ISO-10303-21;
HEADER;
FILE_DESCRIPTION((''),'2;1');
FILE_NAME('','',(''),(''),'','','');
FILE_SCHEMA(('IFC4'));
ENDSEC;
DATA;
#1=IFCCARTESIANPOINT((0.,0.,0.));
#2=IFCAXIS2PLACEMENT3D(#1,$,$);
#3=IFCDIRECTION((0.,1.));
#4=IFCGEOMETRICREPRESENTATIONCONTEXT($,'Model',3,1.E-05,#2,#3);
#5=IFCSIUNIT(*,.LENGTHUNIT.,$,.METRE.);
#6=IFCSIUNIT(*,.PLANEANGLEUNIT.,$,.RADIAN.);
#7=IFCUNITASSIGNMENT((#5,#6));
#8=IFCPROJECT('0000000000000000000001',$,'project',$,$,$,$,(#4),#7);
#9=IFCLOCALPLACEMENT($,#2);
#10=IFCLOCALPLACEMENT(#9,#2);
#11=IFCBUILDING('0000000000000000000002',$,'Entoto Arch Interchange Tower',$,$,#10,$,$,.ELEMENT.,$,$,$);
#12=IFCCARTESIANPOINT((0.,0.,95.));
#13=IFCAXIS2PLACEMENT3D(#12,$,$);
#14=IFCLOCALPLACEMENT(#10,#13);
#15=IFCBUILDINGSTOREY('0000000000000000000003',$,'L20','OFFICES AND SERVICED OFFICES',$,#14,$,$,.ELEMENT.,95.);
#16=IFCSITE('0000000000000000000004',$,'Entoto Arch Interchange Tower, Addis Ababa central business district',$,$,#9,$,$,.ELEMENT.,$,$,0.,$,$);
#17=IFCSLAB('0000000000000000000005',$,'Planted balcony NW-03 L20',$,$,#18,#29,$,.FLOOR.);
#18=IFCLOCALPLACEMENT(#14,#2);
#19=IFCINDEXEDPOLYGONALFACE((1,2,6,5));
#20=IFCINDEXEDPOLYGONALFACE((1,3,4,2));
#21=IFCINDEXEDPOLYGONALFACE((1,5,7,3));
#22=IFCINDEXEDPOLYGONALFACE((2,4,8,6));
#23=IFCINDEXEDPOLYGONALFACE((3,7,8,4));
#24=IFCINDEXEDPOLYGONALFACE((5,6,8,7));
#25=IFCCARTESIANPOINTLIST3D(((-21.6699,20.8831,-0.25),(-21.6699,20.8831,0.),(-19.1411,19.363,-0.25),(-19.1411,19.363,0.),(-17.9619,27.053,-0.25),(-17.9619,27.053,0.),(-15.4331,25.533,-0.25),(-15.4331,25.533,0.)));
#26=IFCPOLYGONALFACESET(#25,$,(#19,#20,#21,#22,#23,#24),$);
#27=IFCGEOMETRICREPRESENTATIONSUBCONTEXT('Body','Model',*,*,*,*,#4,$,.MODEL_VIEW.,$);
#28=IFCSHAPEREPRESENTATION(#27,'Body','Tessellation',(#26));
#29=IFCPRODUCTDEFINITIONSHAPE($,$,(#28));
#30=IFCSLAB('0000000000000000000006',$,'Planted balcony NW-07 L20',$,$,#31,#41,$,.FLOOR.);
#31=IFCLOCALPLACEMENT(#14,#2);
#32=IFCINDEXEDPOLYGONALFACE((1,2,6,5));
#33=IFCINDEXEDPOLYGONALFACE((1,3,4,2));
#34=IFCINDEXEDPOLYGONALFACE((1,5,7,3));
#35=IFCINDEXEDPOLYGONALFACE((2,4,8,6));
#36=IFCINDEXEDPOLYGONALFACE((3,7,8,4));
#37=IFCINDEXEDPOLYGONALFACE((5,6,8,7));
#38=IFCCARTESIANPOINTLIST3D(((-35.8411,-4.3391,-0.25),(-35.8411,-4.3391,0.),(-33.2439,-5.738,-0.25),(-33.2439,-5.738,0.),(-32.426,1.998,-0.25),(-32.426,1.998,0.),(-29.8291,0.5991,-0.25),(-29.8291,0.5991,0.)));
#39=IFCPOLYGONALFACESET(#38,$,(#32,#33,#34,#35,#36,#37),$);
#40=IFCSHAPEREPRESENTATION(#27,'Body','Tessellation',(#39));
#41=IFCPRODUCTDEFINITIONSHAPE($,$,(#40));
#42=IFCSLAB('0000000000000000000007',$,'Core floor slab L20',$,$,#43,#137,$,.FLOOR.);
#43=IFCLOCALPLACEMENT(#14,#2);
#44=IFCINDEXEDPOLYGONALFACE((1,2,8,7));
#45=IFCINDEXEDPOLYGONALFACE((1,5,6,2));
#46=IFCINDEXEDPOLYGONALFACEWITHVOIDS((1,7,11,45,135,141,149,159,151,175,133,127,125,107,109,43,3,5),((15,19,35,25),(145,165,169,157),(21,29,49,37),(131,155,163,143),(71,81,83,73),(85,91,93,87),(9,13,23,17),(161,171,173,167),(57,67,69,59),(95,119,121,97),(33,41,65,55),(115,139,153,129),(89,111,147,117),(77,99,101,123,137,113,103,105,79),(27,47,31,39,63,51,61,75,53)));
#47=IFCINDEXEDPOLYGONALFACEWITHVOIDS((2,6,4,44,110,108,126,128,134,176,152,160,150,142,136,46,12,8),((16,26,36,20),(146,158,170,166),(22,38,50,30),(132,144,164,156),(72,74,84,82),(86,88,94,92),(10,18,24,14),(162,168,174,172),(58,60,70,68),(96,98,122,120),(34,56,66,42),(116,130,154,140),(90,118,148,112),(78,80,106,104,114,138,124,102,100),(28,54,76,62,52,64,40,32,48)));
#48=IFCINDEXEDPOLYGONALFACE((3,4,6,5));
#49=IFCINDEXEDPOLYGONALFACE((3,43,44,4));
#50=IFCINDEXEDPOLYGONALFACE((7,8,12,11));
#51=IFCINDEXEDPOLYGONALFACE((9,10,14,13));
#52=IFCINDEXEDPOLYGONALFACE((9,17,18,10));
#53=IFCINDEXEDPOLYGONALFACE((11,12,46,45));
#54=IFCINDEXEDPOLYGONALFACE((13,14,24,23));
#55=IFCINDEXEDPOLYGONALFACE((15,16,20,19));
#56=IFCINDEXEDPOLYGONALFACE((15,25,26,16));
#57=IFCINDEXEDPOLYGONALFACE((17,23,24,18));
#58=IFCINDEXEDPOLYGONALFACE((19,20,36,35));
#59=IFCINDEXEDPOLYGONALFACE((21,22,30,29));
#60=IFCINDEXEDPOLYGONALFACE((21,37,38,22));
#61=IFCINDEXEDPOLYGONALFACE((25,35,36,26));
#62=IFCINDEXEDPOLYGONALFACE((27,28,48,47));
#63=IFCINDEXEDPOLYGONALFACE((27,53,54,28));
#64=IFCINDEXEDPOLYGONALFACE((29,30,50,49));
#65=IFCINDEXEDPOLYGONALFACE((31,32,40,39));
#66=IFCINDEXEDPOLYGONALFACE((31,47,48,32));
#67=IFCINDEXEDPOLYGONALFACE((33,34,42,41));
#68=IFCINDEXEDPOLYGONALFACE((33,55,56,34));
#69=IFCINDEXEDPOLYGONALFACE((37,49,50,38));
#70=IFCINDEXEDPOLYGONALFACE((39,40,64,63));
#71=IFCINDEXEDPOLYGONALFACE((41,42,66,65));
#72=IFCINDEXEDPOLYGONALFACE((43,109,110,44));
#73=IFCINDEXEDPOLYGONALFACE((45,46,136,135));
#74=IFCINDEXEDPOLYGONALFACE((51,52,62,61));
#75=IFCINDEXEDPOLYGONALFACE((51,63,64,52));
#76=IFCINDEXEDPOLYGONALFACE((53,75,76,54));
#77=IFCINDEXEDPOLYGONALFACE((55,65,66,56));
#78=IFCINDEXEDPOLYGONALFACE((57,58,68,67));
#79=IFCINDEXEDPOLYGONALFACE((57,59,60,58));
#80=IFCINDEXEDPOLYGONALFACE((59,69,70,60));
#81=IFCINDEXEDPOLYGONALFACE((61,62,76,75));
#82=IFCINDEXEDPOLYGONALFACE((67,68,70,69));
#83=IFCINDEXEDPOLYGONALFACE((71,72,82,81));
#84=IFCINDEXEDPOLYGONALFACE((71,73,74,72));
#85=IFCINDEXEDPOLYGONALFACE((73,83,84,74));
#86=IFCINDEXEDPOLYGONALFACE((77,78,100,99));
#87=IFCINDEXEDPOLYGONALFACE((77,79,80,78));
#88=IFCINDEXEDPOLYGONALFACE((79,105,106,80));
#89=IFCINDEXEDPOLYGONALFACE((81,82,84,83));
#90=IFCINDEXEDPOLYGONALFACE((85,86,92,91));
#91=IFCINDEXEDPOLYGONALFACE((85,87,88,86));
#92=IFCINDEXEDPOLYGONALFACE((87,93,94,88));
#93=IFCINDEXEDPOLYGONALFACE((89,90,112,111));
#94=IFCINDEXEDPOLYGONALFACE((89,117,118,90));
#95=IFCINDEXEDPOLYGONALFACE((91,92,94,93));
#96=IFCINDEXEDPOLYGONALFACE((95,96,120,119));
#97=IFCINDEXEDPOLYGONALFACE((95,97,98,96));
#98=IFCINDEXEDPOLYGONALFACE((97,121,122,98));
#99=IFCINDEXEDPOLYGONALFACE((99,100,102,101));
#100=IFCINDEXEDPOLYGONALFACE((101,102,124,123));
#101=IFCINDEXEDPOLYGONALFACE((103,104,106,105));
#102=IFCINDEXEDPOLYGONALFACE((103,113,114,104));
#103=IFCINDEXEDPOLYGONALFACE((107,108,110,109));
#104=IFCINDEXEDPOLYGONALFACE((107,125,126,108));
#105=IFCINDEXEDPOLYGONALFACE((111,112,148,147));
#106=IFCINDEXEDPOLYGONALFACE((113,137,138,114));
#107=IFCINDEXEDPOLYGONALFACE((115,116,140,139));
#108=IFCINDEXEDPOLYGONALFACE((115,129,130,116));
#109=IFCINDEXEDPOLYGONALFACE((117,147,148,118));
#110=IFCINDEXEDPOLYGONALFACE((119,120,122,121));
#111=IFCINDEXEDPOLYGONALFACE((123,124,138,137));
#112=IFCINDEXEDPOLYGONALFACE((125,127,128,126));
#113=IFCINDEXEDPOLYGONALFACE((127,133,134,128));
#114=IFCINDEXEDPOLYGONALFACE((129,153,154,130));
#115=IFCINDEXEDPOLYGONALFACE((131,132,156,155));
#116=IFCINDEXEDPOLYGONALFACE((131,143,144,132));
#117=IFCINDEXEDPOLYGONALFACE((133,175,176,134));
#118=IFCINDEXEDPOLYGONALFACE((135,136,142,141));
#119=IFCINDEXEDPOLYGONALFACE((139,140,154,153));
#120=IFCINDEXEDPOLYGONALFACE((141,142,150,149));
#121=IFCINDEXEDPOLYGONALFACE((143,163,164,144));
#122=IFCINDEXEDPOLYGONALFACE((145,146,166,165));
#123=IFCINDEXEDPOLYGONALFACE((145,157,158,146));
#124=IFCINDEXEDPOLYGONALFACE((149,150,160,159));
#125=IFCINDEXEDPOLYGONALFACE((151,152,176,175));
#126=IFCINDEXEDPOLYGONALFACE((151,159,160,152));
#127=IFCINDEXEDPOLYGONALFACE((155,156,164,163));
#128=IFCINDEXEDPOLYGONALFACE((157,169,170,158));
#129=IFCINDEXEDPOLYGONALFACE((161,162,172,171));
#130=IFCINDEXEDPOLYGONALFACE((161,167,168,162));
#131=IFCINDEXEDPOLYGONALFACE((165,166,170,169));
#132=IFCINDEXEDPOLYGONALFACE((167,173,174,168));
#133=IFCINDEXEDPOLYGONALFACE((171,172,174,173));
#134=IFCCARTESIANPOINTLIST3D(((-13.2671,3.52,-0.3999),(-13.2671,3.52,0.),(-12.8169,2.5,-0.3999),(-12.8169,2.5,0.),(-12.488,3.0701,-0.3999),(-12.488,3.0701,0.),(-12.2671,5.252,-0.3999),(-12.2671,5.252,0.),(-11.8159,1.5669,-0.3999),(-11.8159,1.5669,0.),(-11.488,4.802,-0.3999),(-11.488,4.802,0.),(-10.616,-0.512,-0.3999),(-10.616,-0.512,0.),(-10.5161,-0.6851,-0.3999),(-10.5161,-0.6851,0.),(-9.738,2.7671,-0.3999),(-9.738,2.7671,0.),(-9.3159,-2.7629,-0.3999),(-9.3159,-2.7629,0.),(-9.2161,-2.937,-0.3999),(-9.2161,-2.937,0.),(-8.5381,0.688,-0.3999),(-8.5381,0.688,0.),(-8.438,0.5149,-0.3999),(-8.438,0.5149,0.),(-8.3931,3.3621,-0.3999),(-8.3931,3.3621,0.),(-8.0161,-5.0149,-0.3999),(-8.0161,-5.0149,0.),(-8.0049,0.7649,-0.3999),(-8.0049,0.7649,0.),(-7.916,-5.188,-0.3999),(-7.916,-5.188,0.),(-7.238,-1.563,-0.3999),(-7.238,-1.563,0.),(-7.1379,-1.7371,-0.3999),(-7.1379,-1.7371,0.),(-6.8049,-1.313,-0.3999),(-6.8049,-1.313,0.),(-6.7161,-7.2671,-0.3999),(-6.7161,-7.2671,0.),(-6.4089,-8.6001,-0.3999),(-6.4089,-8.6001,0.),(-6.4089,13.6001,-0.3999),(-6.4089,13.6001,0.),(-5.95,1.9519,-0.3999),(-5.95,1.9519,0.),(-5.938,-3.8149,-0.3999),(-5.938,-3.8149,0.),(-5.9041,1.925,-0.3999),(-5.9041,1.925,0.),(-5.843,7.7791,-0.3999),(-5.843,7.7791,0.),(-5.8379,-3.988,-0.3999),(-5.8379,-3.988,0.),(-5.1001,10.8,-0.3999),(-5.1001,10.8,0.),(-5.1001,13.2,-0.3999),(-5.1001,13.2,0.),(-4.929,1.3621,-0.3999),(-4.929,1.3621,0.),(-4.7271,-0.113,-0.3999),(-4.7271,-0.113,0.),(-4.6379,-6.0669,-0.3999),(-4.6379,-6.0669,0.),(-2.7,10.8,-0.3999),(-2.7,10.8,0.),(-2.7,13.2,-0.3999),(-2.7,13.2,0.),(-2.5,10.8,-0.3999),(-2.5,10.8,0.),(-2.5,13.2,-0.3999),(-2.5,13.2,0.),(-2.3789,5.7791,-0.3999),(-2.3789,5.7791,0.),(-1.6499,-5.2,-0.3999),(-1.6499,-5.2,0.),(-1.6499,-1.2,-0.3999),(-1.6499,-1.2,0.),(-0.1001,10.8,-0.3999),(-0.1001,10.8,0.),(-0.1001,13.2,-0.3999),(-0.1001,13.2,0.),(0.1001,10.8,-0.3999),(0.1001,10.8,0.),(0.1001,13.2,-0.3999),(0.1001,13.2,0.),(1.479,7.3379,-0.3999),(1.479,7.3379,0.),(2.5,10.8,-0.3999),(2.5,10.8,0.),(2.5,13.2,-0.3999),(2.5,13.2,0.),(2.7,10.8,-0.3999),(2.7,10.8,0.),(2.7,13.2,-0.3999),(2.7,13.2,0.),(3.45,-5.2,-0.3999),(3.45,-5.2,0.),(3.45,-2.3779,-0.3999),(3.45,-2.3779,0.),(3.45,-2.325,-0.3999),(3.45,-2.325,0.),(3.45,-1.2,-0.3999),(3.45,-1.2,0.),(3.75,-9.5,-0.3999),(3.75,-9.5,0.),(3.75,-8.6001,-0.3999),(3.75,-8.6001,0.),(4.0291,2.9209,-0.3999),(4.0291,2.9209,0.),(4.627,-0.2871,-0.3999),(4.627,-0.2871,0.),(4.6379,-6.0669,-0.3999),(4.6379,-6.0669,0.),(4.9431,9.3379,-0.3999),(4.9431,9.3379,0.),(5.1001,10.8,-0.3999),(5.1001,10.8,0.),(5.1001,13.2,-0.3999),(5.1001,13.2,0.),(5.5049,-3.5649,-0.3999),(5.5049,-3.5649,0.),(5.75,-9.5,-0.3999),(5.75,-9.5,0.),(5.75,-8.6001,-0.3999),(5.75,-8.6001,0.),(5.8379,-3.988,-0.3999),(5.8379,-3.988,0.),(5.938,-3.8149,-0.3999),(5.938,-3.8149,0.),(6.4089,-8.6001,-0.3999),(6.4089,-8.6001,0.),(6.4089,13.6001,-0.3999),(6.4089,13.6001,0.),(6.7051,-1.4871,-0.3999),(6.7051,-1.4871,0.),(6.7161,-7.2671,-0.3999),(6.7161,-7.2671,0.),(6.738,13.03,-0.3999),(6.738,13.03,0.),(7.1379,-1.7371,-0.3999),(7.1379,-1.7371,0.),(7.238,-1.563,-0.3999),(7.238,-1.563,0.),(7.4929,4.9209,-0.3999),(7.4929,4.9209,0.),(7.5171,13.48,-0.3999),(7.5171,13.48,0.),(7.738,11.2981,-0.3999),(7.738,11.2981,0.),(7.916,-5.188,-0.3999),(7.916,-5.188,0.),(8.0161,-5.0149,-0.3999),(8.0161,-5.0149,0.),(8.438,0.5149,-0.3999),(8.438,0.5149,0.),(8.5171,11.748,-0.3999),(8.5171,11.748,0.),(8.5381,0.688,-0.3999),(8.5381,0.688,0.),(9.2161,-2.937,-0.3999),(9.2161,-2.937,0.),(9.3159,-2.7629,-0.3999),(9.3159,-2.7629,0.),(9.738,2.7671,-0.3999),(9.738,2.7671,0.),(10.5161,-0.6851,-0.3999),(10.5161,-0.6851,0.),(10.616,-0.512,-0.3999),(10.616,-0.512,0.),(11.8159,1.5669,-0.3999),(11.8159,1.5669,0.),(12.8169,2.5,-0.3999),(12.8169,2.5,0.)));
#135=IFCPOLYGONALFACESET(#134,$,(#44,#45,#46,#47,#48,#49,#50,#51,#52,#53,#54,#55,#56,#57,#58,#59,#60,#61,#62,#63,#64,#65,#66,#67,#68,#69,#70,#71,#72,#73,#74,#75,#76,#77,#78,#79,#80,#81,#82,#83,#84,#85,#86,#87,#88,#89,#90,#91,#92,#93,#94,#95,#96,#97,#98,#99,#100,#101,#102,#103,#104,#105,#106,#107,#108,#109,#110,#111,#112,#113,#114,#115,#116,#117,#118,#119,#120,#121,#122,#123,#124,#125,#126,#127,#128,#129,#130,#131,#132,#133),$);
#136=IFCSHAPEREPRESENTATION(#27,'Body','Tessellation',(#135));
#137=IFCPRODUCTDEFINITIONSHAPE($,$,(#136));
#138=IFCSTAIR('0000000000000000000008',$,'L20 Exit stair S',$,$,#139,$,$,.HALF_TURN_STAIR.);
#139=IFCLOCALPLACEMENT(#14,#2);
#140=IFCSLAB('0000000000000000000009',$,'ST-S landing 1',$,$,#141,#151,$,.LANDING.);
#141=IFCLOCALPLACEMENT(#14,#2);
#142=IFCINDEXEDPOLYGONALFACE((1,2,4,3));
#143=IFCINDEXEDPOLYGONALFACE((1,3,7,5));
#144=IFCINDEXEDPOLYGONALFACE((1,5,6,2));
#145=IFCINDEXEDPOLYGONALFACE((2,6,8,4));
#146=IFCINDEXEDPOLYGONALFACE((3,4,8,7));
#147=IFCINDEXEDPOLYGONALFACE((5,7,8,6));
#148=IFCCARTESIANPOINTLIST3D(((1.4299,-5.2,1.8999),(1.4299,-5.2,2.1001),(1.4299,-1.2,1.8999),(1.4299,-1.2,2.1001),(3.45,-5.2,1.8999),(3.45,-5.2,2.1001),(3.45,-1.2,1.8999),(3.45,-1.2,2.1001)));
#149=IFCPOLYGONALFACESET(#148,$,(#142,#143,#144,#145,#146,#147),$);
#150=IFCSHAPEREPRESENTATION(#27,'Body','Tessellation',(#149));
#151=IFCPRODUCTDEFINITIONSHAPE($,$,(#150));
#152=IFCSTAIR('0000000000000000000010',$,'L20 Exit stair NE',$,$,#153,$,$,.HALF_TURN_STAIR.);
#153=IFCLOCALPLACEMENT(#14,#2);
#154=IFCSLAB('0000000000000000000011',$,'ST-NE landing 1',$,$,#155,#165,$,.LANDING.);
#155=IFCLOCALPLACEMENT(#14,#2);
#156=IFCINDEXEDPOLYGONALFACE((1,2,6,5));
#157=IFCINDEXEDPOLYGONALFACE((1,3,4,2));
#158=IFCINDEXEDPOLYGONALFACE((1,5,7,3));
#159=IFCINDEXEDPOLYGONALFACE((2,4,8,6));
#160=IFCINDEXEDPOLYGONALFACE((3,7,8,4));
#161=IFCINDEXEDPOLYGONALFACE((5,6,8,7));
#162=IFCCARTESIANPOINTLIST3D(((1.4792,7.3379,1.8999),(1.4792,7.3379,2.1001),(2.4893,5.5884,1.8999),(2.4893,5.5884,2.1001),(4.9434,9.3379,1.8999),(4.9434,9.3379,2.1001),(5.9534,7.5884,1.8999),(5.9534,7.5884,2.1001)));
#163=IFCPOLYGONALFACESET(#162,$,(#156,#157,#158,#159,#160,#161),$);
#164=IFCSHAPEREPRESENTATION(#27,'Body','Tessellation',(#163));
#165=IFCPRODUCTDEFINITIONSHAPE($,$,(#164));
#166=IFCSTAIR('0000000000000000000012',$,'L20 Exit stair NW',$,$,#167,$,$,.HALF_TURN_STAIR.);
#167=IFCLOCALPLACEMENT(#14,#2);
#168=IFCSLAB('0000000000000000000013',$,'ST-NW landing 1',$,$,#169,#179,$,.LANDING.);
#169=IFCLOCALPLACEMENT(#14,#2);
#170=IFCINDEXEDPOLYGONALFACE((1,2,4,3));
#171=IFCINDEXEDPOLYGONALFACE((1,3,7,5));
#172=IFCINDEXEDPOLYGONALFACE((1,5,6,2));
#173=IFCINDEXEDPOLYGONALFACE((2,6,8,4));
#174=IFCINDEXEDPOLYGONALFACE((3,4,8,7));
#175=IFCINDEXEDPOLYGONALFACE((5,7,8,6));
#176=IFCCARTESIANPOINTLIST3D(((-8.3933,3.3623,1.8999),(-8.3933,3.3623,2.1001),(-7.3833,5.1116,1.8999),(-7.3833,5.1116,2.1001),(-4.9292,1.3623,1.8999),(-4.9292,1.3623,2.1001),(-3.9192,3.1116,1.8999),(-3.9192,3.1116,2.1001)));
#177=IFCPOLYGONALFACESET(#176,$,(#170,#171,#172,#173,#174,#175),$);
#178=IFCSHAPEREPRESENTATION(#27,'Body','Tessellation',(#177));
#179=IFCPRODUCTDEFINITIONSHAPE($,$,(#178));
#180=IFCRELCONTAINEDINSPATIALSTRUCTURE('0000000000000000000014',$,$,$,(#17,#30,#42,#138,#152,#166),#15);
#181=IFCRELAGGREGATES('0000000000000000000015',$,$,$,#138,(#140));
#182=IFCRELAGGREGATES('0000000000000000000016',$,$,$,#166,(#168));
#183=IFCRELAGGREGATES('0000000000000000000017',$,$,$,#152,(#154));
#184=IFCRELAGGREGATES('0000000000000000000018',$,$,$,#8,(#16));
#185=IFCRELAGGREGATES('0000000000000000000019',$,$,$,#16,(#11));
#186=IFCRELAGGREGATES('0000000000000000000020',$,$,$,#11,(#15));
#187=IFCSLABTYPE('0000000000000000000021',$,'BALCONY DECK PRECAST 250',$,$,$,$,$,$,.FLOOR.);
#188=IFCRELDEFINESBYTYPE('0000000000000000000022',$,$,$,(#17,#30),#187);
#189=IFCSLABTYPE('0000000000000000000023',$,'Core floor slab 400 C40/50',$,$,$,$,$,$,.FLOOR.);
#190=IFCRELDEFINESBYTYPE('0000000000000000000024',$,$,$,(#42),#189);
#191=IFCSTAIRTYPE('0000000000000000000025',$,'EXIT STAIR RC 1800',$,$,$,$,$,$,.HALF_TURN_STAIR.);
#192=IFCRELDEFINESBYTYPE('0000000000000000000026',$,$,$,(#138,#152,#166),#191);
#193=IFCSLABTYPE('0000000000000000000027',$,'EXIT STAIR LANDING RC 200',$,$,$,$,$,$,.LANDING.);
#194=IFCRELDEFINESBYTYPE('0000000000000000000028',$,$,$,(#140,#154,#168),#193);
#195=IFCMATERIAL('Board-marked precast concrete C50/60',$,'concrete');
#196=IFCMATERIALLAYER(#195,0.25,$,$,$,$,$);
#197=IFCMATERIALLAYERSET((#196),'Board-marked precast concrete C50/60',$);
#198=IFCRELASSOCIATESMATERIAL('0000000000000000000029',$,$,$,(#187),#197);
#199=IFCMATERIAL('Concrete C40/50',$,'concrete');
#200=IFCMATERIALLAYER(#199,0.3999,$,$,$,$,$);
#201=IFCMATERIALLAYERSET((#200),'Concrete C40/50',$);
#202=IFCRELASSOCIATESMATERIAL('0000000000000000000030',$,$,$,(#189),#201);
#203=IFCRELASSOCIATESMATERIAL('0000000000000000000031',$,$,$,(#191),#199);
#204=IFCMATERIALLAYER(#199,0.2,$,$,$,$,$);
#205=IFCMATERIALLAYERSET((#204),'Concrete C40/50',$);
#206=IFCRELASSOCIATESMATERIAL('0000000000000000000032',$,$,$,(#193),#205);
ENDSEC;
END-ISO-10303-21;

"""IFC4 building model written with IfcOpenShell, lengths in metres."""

from ifc_helpers import new_model, si_unit, direction, frame, origin, place, context, subcontext, project, spatial, polyline, outline, extrude, material, layer, layer_set, type_object, element, aggregate, save


model = new_model("IFC4")

# Units and contexts
model_context = context("Model", 3, precision=1e-05, world=origin(), true_north=direction((0.0, 1.0)))
body_context = subcontext(model_context, "Body", "Model", "MODEL_VIEW")
ifc_project = project(units=[si_unit("LENGTHUNIT", "METRE"), si_unit("PLANEANGLEUNIT", "RADIAN")], contexts=[model_context])

# Site, building, storey
site_placement = place(None, origin())
site = spatial("IfcSite", under=ifc_project, at=site_placement, Name="Entoto Arch Interchange Tower, Addis Ababa central business district", CompositionType="ELEMENT", RefElevation=0.0)
building_placement = place(site_placement, origin())
building = spatial("IfcBuilding", under=site, at=building_placement, Name="Entoto Arch Interchange Tower", CompositionType="ELEMENT")
storey_placement = place(building_placement, frame((0.0, 0.0, 95.0)))
storey = spatial("IfcBuildingStorey", under=building, at=storey_placement, Name="L20", Description="OFFICES AND SERVICED OFFICES", CompositionType="ELEMENT", Elevation=95.0)

# Slabs
ifc_material_1 = material(Name="Board-marked precast concrete C50/60", Category="concrete")
ifc_layer_1 = layer(ifc_material_1, 0.25)
ifc_layer_set_1 = layer_set([ifc_layer_1], Name="Board-marked precast concrete C50/60")
slab_type_1 = type_object("IfcSlabType", Name="BALCONY DECK PRECAST 250", PredefinedType="FLOOR", material=ifc_layer_set_1)
slab_1_placement = place(storey_placement, frame((0.0, 0.0, -0.25)))
element("IfcSlab", 1, at=slab_1_placement, inside=storey, type_object=slab_type_1, Name="Planted balcony NW-03 L20", PredefinedType="FLOOR", context=body_context, shape_type="SweptSolid", body=[
    extrude(outline(polyline([(-15.4331, 25.533), (-19.1411, 19.363), (-21.6699, 20.8831), (-17.9619, 27.053), (-15.4331, 25.533)])), origin(), (0.0, 0.0, 1.0), 0.25),
])
slab_2_placement = place(storey_placement, frame((0.0, 0.0, -0.25)))
element("IfcSlab", 2, at=slab_2_placement, inside=storey, type_object=slab_type_1, Name="Planted balcony NW-07 L20", PredefinedType="FLOOR", context=body_context, shape_type="SweptSolid", body=[
    extrude(outline(polyline([(-29.8291, 0.5991), (-33.2439, -5.738), (-35.8411, -4.3391), (-32.426, 1.998), (-29.8291, 0.5991)])), origin(), (0.0, 0.0, 1.0), 0.25),
])
ifc_material_2 = material(Name="Concrete C40/50", Category="concrete")
ifc_layer_2 = layer(ifc_material_2, 0.3999)
ifc_layer_set_2 = layer_set([ifc_layer_2], Name="Concrete C40/50")
slab_type_2 = type_object("IfcSlabType", Name="Core floor slab 400 C40/50", PredefinedType="FLOOR", material=ifc_layer_set_2)
slab_3_placement = place(storey_placement, frame((0.0, 0.0, -0.3999)))
element("IfcSlab", 3, at=slab_3_placement, inside=storey, type_object=slab_type_2, Name="Core floor slab L20", PredefinedType="FLOOR", context=body_context, shape_type="SweptSolid", body=[
    extrude(outline(polyline([(5.75, -9.5), (3.75, -9.5), (3.75, -8.6001), (-6.4089, -8.6001), (-12.8169, 2.5), (-12.488, 3.0701), (-13.2671, 3.52), (-12.2671, 5.252), (-11.488, 4.802), (-6.4089, 13.6001), (6.4089, 13.6001), (6.738, 13.03), (7.5171, 13.48), (8.5171, 11.748), (7.738, 11.2981), (12.8169, 2.5), (6.4089, -8.6001), (5.75, -8.6001), (5.75, -9.5)]), holes=[polyline([(-4.6379, -6.0669), (-5.8379, -3.988), (-7.916, -5.188), (-6.7161, -7.2671), (-4.6379, -6.0669)]), polyline([(-5.938, -3.8149), (-7.1379, -1.7371), (-9.2161, -2.937), (-8.0161, -5.0149), (-5.938, -3.8149)]), polyline([(5.5049, -3.5649), (6.7051, -1.4871), (4.627, -0.2871), (3.45, -2.325), (3.45, -1.2), (-1.6499, -1.2), (-1.6499, -5.2), (3.45, -5.2), (3.45, -2.3779), (5.5049, -3.5649)]), polyline([(-7.238, -1.563), (-8.438, 0.5149), (-10.5161, -0.6851), (-9.3159, -2.7629), (-7.238, -1.563)]), polyline([(-4.7271, -0.113), (-5.9041, 1.925), (-4.929, 1.3621), (-2.3789, 5.7791), (-5.843, 7.7791), (-8.3931, 3.3621), (-5.95, 1.9519), (-8.0049, 0.7649), (-6.8049, -1.313), (-4.7271, -0.113)]), polyline([(-8.5381, 0.688), (-9.738, 2.7671), (-11.8159, 1.5669), (-10.616, -0.512), (-8.5381, 0.688)]), polyline([(-5.1001, 10.8), (-2.7, 10.8), (-2.7, 13.2), (-5.1001, 13.2), (-5.1001, 10.8)]), polyline([(-2.5, 10.8), (-0.1001, 10.8), (-0.1001, 13.2), (-2.5, 13.2), (-2.5, 10.8)]), polyline([(5.8379, -3.988), (4.6379, -6.0669), (6.7161, -7.2671), (7.916, -5.188), (5.8379, -3.988)]), polyline([(7.1379, -1.7371), (5.938, -3.8149), (8.0161, -5.0149), (9.2161, -2.937), (7.1379, -1.7371)]), polyline([(8.438, 0.5149), (7.238, -1.563), (9.3159, -2.7629), (10.5161, -0.6851), (8.438, 0.5149)]), polyline([(9.738, 2.7671), (8.5381, 0.688), (10.616, -0.512), (11.8159, 1.5669), (9.738, 2.7671)]), polyline([(4.0291, 2.9209), (7.4929, 4.9209), (4.9431, 9.3379), (1.479, 7.3379), (4.0291, 2.9209)]), polyline([(0.1001, 13.2), (0.1001, 10.8), (2.5, 10.8), (2.5, 13.2), (0.1001, 13.2)]), polyline([(2.7, 13.2), (2.7, 10.8), (5.1001, 10.8), (5.1001, 13.2), (2.7, 13.2)])]), origin(), (0.0, 0.0, 1.0), 0.3999),
])

# Stairs, slabs
stair_type = type_object("IfcStairType", Name="EXIT STAIR RC 1800", PredefinedType="HALF_TURN_STAIR", material=ifc_material_2)
stair_1_placement = place(storey_placement, origin())
stair_1 = element("IfcStair", 4, at=stair_1_placement, inside=storey, type_object=stair_type, Name="L20 Exit stair S", PredefinedType="HALF_TURN_STAIR")
ifc_layer_3 = layer(ifc_material_2, 0.2)
ifc_layer_set_3 = layer_set([ifc_layer_3], Name="Concrete C40/50")
slab_type_3 = type_object("IfcSlabType", Name="EXIT STAIR LANDING RC 200", PredefinedType="LANDING", material=ifc_layer_set_3)
slab_4_placement = place(storey_placement, frame((0.0, 0.0, 1.8999)))
slab_4 = element("IfcSlab", 5, at=slab_4_placement, type_object=slab_type_3, Name="ST-S landing 1", PredefinedType="LANDING", context=body_context, shape_type="SweptSolid", body=[
    extrude(outline(polyline([(1.4299, -5.2), (3.45, -5.2), (3.45, -1.2), (1.4299, -1.2), (1.4299, -5.2)])), origin(), (0.0, 0.0, 1.0), 0.2002),
])
aggregate(stair_1, [slab_4])
stair_2_placement = place(storey_placement, origin())
stair_2 = element("IfcStair", 6, at=stair_2_placement, inside=storey, type_object=stair_type, Name="L20 Exit stair NE", PredefinedType="HALF_TURN_STAIR")
slab_5_placement = place(storey_placement, frame((0.0, 0.0, 1.8999)))
slab_5 = element("IfcSlab", 7, at=slab_5_placement, type_object=slab_type_3, Name="ST-NE landing 1", PredefinedType="LANDING", context=body_context, shape_type="SweptSolid", body=[
    extrude(outline(polyline([(5.9534, 7.5884), (4.9434, 9.3379), (1.4792, 7.3379), (2.4893, 5.5884), (5.9534, 7.5884)])), origin(), (0.0, 0.0, 1.0), 0.2002),
])
stair_3_placement = place(storey_placement, origin())
stair_3 = element("IfcStair", 8, at=stair_3_placement, inside=storey, type_object=stair_type, Name="L20 Exit stair NW", PredefinedType="HALF_TURN_STAIR")
slab_6_placement = place(storey_placement, frame((0.0, 0.0, 1.8999)))
slab_6 = element("IfcSlab", 9, at=slab_6_placement, type_object=slab_type_3, Name="ST-NW landing 1", PredefinedType="LANDING", context=body_context, shape_type="SweptSolid", body=[
    extrude(outline(polyline([(-7.3833, 5.1116), (-8.3933, 3.3623), (-4.9292, 1.3623), (-3.9192, 3.1116), (-7.3833, 5.1116)])), origin(), (0.0, 0.0, 1.0), 0.2002),
])
aggregate(stair_3, [slab_6])

aggregate(stair_2, [slab_5])

save(model, "model.ifc")
